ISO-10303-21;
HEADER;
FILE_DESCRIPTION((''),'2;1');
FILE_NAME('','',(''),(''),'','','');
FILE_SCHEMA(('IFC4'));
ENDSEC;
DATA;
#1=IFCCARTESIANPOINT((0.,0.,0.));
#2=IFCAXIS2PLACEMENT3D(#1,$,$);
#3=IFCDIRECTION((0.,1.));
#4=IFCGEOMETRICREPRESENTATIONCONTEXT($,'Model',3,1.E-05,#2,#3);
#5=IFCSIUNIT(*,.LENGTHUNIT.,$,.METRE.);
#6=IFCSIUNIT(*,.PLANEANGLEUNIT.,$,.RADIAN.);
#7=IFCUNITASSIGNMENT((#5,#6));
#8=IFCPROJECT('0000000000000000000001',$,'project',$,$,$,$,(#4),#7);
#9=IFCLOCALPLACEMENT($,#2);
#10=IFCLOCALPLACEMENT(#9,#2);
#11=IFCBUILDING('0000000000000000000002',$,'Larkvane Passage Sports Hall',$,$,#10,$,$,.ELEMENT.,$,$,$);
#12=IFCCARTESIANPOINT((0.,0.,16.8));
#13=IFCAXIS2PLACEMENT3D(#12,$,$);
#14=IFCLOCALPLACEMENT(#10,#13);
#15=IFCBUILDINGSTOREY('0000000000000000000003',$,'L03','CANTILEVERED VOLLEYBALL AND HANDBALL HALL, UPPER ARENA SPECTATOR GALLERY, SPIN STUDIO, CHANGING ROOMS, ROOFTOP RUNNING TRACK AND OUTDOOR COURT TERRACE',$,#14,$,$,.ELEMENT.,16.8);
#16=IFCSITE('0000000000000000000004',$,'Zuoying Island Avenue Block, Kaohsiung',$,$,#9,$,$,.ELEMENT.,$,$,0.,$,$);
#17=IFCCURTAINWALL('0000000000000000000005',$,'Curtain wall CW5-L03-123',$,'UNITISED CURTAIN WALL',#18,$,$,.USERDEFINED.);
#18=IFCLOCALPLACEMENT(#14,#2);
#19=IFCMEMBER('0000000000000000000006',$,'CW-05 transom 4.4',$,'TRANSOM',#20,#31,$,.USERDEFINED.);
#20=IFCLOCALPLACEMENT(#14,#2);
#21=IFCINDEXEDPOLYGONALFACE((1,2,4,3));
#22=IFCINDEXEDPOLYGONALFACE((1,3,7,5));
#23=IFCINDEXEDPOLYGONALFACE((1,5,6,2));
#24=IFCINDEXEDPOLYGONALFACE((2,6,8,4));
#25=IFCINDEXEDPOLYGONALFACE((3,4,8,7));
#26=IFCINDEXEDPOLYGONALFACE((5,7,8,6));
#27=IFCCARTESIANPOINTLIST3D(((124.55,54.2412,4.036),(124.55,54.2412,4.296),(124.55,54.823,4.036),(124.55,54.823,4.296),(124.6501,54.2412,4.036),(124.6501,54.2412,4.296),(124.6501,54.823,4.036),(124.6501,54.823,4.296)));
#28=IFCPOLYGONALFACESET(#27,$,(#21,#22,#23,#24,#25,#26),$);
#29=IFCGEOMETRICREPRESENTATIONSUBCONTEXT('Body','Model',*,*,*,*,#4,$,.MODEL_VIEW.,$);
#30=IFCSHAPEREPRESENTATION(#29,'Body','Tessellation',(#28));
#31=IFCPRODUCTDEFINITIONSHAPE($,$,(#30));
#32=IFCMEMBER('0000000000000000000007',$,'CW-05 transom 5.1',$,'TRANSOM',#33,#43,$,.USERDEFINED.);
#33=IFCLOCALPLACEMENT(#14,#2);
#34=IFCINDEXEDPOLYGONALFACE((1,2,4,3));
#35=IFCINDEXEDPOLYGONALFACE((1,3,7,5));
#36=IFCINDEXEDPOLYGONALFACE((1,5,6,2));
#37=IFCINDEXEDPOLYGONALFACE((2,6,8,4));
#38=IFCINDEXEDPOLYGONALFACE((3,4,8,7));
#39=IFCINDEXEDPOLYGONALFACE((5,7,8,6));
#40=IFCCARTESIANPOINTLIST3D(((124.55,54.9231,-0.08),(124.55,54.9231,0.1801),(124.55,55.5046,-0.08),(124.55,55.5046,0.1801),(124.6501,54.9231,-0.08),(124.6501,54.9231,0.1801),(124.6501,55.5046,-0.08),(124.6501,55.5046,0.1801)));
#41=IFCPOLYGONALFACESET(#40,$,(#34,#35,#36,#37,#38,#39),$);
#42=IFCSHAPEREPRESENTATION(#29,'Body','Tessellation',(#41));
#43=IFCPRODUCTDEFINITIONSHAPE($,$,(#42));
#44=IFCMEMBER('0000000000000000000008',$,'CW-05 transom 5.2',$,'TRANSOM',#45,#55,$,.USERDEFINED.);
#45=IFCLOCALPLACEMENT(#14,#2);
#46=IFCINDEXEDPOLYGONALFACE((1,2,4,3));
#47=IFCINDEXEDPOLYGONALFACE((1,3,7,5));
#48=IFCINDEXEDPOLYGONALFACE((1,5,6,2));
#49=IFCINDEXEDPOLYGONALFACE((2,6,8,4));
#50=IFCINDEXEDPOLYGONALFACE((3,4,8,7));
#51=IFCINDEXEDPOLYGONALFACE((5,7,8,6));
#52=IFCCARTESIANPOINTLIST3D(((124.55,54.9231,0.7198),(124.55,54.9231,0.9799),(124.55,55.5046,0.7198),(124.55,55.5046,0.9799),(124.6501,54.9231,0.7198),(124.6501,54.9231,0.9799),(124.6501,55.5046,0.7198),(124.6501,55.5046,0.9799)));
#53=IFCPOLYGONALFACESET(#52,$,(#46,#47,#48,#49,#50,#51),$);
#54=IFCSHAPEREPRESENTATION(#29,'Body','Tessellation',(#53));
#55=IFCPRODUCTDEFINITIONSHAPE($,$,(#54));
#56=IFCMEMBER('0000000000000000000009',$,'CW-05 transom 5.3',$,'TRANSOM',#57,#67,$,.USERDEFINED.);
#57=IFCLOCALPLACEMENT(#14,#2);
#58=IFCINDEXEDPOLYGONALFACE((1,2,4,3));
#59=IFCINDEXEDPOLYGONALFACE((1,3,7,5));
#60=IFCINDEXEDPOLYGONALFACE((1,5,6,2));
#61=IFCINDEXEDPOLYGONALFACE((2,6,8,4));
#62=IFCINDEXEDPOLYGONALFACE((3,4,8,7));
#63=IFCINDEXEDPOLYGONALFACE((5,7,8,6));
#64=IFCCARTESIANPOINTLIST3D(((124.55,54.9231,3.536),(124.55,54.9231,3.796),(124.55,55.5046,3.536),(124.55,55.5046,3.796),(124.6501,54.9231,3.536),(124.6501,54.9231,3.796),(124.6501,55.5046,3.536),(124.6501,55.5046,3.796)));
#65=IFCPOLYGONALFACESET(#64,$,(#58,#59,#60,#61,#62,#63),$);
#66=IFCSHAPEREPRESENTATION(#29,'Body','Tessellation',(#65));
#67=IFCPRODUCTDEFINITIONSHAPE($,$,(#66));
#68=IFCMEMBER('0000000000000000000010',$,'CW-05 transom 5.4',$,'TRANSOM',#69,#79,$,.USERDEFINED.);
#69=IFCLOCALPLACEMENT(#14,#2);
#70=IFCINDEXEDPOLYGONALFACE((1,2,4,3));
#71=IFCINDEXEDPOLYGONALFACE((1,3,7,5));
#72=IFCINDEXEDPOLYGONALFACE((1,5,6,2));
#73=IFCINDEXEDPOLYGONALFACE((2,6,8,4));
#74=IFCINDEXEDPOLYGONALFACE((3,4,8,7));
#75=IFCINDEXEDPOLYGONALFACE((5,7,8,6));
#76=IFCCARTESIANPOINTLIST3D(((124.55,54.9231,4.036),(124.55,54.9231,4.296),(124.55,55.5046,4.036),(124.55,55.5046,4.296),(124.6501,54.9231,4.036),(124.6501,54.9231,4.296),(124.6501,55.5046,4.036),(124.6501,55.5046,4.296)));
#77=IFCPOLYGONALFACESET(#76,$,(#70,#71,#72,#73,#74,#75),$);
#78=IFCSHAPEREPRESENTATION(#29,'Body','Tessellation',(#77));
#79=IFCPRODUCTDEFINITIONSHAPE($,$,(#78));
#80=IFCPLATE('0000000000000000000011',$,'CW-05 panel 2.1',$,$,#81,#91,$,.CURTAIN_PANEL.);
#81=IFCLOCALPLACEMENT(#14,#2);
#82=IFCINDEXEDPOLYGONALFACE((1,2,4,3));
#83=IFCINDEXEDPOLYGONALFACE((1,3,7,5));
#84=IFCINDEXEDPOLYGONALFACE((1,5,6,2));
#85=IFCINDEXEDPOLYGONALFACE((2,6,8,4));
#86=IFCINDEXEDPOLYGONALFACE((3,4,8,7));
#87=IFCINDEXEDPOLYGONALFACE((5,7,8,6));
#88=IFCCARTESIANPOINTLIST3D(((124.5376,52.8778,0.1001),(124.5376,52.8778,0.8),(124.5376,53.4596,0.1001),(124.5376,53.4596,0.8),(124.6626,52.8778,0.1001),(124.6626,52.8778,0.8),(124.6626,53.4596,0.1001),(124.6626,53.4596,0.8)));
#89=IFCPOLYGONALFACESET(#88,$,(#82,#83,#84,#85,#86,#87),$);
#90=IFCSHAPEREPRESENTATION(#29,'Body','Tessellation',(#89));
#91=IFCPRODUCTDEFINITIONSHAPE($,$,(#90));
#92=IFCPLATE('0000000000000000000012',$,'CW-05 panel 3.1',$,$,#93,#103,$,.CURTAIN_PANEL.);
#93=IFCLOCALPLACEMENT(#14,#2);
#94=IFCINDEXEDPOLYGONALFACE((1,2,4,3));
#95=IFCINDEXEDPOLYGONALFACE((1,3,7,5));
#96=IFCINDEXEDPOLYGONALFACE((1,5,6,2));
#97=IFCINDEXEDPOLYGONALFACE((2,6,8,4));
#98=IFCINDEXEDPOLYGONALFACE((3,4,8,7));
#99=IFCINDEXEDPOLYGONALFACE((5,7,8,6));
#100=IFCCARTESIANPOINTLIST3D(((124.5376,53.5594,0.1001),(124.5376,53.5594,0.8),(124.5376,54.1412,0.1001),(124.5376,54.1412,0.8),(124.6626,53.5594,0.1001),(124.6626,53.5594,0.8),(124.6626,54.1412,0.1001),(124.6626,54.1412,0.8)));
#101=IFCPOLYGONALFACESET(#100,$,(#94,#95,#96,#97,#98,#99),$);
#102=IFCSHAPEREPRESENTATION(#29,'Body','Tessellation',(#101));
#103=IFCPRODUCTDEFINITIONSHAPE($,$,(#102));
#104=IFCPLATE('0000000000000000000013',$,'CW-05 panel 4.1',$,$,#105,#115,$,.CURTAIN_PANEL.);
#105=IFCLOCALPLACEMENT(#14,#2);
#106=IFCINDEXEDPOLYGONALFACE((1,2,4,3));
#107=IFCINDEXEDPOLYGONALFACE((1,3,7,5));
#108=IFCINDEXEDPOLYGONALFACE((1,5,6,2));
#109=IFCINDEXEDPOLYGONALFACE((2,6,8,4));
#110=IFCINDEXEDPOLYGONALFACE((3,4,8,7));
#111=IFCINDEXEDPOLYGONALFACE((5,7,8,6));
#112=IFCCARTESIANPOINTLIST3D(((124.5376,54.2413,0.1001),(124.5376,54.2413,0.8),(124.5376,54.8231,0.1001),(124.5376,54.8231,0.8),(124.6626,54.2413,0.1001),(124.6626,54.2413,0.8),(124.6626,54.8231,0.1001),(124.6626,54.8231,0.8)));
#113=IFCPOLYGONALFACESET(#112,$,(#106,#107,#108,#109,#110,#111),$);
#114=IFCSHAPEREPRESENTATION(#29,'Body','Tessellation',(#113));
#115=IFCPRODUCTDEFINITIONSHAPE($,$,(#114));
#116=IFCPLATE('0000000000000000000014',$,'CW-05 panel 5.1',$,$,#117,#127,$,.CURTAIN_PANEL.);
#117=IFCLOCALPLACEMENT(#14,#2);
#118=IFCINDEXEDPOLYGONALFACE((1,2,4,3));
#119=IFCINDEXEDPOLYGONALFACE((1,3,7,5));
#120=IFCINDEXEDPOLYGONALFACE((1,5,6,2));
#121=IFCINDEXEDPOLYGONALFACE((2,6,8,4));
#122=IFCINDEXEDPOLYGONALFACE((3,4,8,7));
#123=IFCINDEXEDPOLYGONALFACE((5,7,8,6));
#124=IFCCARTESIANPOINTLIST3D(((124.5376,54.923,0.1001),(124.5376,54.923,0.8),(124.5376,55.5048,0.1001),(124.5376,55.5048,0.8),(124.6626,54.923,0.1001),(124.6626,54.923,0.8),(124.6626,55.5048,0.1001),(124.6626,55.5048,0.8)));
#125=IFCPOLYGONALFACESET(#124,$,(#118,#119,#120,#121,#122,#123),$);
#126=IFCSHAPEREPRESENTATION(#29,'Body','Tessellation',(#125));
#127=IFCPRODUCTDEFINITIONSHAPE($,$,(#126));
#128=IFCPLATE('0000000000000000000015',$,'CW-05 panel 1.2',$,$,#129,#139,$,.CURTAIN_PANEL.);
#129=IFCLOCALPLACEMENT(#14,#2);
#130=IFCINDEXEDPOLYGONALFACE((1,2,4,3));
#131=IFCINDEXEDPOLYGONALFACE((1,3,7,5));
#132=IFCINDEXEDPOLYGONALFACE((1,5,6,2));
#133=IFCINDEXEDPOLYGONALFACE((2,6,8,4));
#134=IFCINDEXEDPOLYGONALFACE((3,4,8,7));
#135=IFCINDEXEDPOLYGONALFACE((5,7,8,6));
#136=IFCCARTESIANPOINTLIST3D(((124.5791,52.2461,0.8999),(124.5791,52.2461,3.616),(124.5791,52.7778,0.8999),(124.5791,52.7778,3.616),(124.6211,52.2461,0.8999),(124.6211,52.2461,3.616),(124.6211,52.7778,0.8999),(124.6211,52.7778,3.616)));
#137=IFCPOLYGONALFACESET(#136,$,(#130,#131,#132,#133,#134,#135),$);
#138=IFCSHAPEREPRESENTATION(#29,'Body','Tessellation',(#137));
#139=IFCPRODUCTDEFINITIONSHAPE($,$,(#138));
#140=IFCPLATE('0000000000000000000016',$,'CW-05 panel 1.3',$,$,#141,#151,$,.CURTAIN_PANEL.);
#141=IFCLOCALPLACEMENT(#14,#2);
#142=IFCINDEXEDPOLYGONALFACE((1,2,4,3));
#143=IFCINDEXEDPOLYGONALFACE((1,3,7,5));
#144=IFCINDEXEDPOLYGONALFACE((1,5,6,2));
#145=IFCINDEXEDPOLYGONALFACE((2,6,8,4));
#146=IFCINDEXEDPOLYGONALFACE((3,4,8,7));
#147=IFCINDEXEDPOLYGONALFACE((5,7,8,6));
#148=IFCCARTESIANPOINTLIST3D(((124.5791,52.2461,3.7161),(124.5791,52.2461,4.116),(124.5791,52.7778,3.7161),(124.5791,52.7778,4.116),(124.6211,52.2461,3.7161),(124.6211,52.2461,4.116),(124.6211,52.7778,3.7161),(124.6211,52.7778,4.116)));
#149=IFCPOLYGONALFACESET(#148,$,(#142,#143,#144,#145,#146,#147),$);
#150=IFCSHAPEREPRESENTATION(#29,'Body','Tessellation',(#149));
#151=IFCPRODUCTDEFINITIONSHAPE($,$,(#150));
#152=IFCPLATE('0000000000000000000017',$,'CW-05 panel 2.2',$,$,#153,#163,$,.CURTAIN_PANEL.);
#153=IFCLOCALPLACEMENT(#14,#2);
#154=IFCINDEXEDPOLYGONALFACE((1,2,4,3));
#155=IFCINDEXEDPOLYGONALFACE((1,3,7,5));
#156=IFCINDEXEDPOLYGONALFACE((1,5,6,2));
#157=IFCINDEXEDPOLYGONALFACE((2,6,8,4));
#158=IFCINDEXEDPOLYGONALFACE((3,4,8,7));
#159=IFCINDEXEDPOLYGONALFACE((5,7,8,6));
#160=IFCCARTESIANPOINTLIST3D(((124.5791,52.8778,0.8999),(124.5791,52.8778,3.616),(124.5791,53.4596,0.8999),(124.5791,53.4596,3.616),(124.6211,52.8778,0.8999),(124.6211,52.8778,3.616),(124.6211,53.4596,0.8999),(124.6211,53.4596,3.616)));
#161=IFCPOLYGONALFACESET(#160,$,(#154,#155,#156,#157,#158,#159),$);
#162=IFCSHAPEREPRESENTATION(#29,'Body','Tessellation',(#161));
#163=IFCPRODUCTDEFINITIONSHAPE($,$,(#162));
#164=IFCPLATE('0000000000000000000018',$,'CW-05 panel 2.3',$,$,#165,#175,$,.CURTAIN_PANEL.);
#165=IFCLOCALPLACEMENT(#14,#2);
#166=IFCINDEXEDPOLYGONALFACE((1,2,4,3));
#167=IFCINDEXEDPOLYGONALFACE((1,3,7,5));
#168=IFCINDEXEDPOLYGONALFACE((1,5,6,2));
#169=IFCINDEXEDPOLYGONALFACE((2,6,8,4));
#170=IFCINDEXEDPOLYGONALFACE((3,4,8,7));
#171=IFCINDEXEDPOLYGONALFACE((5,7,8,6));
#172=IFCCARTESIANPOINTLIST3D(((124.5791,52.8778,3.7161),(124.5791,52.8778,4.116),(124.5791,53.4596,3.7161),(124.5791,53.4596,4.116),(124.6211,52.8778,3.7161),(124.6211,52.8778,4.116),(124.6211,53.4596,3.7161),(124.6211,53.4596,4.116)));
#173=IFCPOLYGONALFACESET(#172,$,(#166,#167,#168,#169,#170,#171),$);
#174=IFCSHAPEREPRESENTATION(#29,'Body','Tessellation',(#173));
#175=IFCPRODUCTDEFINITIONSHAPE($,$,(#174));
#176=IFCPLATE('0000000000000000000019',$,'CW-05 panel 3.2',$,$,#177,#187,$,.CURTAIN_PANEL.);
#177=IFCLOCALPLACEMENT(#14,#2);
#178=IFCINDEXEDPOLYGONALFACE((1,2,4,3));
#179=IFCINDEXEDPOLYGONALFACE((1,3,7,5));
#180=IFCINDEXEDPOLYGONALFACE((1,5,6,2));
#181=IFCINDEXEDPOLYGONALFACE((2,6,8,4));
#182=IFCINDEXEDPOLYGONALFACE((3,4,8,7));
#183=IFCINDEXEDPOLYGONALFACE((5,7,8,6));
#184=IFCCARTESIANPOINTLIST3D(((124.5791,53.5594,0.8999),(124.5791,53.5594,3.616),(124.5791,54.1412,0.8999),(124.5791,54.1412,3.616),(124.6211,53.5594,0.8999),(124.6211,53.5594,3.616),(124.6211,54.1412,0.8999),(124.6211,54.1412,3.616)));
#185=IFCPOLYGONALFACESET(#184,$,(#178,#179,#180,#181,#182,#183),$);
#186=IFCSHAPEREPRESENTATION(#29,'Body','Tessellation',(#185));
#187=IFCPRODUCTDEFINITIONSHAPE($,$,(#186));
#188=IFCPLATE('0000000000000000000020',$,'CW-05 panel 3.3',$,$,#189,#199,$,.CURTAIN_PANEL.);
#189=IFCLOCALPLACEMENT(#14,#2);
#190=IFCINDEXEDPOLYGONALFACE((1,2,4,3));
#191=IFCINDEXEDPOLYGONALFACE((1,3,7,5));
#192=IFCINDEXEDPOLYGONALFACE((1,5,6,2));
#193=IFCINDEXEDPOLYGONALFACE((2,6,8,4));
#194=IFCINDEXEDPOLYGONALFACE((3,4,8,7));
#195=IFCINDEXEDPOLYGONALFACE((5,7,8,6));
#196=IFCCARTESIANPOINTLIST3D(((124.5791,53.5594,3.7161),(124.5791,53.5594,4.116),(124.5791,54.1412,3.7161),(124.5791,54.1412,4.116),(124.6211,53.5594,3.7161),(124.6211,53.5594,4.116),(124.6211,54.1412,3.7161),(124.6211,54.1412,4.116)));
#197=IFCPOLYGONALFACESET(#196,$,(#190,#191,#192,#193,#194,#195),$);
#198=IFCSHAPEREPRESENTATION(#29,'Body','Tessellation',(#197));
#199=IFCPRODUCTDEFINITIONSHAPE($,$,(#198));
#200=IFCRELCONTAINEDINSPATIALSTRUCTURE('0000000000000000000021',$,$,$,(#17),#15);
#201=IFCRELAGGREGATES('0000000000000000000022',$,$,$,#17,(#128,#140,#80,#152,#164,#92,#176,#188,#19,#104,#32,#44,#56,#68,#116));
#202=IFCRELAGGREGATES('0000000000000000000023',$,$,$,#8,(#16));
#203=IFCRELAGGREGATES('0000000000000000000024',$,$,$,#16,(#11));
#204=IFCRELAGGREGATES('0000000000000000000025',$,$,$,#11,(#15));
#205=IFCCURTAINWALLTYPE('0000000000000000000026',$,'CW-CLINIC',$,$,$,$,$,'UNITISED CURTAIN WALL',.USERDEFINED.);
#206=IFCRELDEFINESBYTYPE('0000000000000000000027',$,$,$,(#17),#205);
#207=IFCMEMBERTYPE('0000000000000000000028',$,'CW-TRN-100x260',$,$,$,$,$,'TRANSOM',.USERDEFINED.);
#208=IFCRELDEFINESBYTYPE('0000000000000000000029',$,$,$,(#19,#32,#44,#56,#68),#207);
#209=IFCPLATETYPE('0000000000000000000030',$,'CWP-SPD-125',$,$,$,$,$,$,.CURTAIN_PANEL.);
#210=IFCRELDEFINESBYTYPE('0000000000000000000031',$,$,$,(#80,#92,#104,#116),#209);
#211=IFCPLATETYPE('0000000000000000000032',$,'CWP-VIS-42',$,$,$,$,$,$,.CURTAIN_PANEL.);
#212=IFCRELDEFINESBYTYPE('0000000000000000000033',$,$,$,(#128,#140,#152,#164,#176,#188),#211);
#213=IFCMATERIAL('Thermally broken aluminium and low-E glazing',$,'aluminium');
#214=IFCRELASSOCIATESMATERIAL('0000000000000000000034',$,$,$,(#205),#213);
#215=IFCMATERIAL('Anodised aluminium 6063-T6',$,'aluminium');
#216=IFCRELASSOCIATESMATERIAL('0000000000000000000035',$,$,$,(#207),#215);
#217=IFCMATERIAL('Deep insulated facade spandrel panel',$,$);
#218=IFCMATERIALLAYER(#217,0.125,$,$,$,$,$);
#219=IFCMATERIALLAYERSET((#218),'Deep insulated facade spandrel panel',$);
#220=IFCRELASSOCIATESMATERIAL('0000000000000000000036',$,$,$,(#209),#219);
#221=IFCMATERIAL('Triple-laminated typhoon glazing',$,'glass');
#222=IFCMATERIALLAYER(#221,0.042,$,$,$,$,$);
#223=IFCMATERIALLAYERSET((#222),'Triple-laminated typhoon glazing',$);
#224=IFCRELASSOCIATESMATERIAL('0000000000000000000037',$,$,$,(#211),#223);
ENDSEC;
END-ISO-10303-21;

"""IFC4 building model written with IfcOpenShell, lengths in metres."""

from ifc_helpers import new_model, si_unit, direction, frame, origin, origin_2d, place, context, subcontext, project, spatial, rectangle, extrude, material, layer, layer_set, material_profile, profile_set, type_object, element, aggregate, save


model = new_model("IFC4")

# Units and contexts
model_context = context("Model", 3, precision=1e-05, world=origin(), true_north=direction((0.0, 1.0)))
body_context = subcontext(model_context, "Body", "Model", "MODEL_VIEW")
ifc_project = project(units=[si_unit("LENGTHUNIT", "METRE"), si_unit("PLANEANGLEUNIT", "RADIAN")], contexts=[model_context])

# Site, building, storey
site_placement = place(None, origin())
site = spatial("IfcSite", under=ifc_project, at=site_placement, Name="Zuoying Island Avenue Block, Kaohsiung", CompositionType="ELEMENT", RefElevation=0.0)
building_placement = place(site_placement, origin())
building = spatial("IfcBuilding", under=site, at=building_placement, Name="Larkvane Passage Sports Hall", CompositionType="ELEMENT")
storey_placement = place(building_placement, frame((0.0, 0.0, 16.8)))
storey = spatial("IfcBuildingStorey", under=building, at=storey_placement, Name="L03", Description="CANTILEVERED VOLLEYBALL AND HANDBALL HALL, UPPER ARENA SPECTATOR GALLERY, SPIN STUDIO, CHANGING ROOMS, ROOFTOP RUNNING TRACK AND OUTDOOR COURT TERRACE", CompositionType="ELEMENT", Elevation=16.8)

# Curtain wall, members, plates
ifc_material_1 = material(Name="Thermally broken aluminium and low-E glazing", Category="aluminium")
curtain_wall_type = type_object("IfcCurtainWallType", Name="CW-CLINIC", ElementType="UNITISED CURTAIN WALL", PredefinedType="USERDEFINED", material=ifc_material_1)
curtain_wall_placement = place(storey_placement, origin())
curtain_wall = element("IfcCurtainWall", 1, at=curtain_wall_placement, inside=storey, type_object=curtain_wall_type, Name="Curtain wall CW5-L03-123", ObjectType="UNITISED CURTAIN WALL", PredefinedType="USERDEFINED")
ifc_material_2 = material(Name="Anodised aluminium 6063-T6", Category="aluminium")
ifc_material_profile_1 = material_profile(ifc_material_2, rectangle(XDim=0.1001, YDim=0.26, at=origin_2d()), Name="ALU-TRN-100x260")
ifc_profile_set_1 = profile_set([ifc_material_profile_1], Name="Anodised aluminium 6063-T6")
member_type_1 = type_object("IfcMemberType", Name="CW-TRN-100x260", ElementType="TRANSOM", PredefinedType="USERDEFINED", material=ifc_profile_set_1)
member_1_placement = place(storey_placement, frame((124.6001, 54.2412, 4.166), z_axis=(0.0, 1.0, 0.0), x_axis=(-1.0, 0.0, 0.0)))
member_1 = element("IfcMember", 2, at=member_1_placement, type_object=member_type_1, Name="CW-05 transom 4.4", ObjectType="TRANSOM", PredefinedType="USERDEFINED", context=body_context, shape_type="SweptSolid", body=[
    extrude(rectangle(XDim=0.1001, YDim=0.26, at=origin_2d()), origin(), (0.0, 0.0, 1.0), 0.5818),
])
member_2_placement = place(storey_placement, frame((124.6001, 54.9231, 0.05), z_axis=(0.0, 1.0, 0.0), x_axis=(-1.0, 0.0, 0.0)))
member_2 = element("IfcMember", 3, at=member_2_placement, type_object=member_type_1, Name="CW-05 transom 5.1", ObjectType="TRANSOM", PredefinedType="USERDEFINED", context=body_context, shape_type="SweptSolid", body=[
    extrude(rectangle(XDim=0.1001, YDim=0.26, at=origin_2d()), origin(), (0.0, 0.0, 1.0), 0.5815),
])
member_3_placement = place(storey_placement, frame((124.6001, 54.9231, 0.8499), z_axis=(0.0, 1.0, 0.0), x_axis=(-1.0, 0.0, 0.0)))
member_3 = element("IfcMember", 4, at=member_3_placement, type_object=member_type_1, Name="CW-05 transom 5.2", ObjectType="TRANSOM", PredefinedType="USERDEFINED", context=body_context, shape_type="SweptSolid", body=[
    extrude(rectangle(XDim=0.1001, YDim=0.26, at=origin_2d()), origin(), (0.0, 0.0, 1.0), 0.5815),
])
member_4_placement = place(storey_placement, frame((124.6001, 54.9231, 3.666), z_axis=(0.0, 1.0, 0.0), x_axis=(-1.0, 0.0, 0.0)))
member_4 = element("IfcMember", 5, at=member_4_placement, type_object=member_type_1, Name="CW-05 transom 5.3", ObjectType="TRANSOM", PredefinedType="USERDEFINED", context=body_context, shape_type="SweptSolid", body=[
    extrude(rectangle(XDim=0.1001, YDim=0.26, at=origin_2d()), origin(), (0.0, 0.0, 1.0), 0.5815),
])
member_5_placement = place(storey_placement, frame((124.6001, 54.9231, 4.166), z_axis=(0.0, 1.0, 0.0), x_axis=(-1.0, 0.0, 0.0)))
member_5 = element("IfcMember", 6, at=member_5_placement, type_object=member_type_1, Name="CW-05 transom 5.4", ObjectType="TRANSOM", PredefinedType="USERDEFINED", context=body_context, shape_type="SweptSolid", body=[
    extrude(rectangle(XDim=0.1001, YDim=0.26, at=origin_2d()), origin(), (0.0, 0.0, 1.0), 0.5815),
])
ifc_material_3 = material(Name="Deep insulated facade spandrel panel")
ifc_layer_1 = layer(ifc_material_3, 0.125)
ifc_layer_set_1 = layer_set([ifc_layer_1], Name="Deep insulated facade spandrel panel")
plate_type_1 = type_object("IfcPlateType", Name="CWP-SPD-125", PredefinedType="CURTAIN_PANEL", material=ifc_layer_set_1)
plate_1_placement = place(storey_placement, frame((124.6001, 53.1687, 0.1001), z_axis=(0.0, 0.0, 1.0), x_axis=(0.0, 1.0, 0.0)))
plate_1 = element("IfcPlate", 7, at=plate_1_placement, type_object=plate_type_1, Name="CW-05 panel 2.1", PredefinedType="CURTAIN_PANEL", context=body_context, shape_type="SweptSolid", body=[
    extrude(rectangle(XDim=0.5818, YDim=0.125, at=origin_2d()), origin(), (0.0, 0.0, 1.0), 0.7),
])
plate_2_placement = place(storey_placement, frame((124.6001, 53.8503, 0.1001), z_axis=(0.0, 0.0, 1.0), x_axis=(0.0, 1.0, 0.0)))
plate_2 = element("IfcPlate", 8, at=plate_2_placement, type_object=plate_type_1, Name="CW-05 panel 3.1", PredefinedType="CURTAIN_PANEL", context=body_context, shape_type="SweptSolid", body=[
    extrude(rectangle(XDim=0.5818, YDim=0.125, at=origin_2d()), origin(), (0.0, 0.0, 1.0), 0.7),
])
plate_3_placement = place(storey_placement, frame((124.6001, 54.5322, 0.1001), z_axis=(0.0, 0.0, 1.0), x_axis=(0.0, 1.0, 0.0)))
plate_3 = element("IfcPlate", 9, at=plate_3_placement, type_object=plate_type_1, Name="CW-05 panel 4.1", PredefinedType="CURTAIN_PANEL", context=body_context, shape_type="SweptSolid", body=[
    extrude(rectangle(XDim=0.5818, YDim=0.125, at=origin_2d()), origin(), (0.0, 0.0, 1.0), 0.7),
])
plate_4_placement = place(storey_placement, frame((124.6001, 55.2139, 0.1001), z_axis=(0.0, 0.0, 1.0), x_axis=(0.0, 1.0, 0.0)))
plate_4 = element("IfcPlate", 10, at=plate_4_placement, type_object=plate_type_1, Name="CW-05 panel 5.1", PredefinedType="CURTAIN_PANEL", context=body_context, shape_type="SweptSolid", body=[
    extrude(rectangle(XDim=0.5818, YDim=0.125, at=origin_2d()), origin(), (0.0, 0.0, 1.0), 0.7),
])
ifc_material_4 = material(Name="Triple-laminated typhoon glazing", Category="glass")
ifc_layer_2 = layer(ifc_material_4, 0.042)
ifc_layer_set_2 = layer_set([ifc_layer_2], Name="Triple-laminated typhoon glazing")
plate_type_2 = type_object("IfcPlateType", Name="CWP-VIS-42", PredefinedType="CURTAIN_PANEL", material=ifc_layer_set_2)
plate_5_placement = place(storey_placement, frame((124.6001, 52.512, 0.8999), z_axis=(0.0, 0.0, 1.0), x_axis=(0.0, 1.0, 0.0)))
plate_5 = element("IfcPlate", 11, at=plate_5_placement, type_object=plate_type_2, Name="CW-05 panel 1.2", PredefinedType="CURTAIN_PANEL", context=body_context, shape_type="SweptSolid", body=[
    extrude(rectangle(XDim=0.5317, YDim=0.042, at=origin_2d()), origin(), (0.0, 0.0, 1.0), 2.7161),
])
plate_6_placement = place(storey_placement, frame((124.6001, 52.512, 3.7161), z_axis=(0.0, 0.0, 1.0), x_axis=(0.0, 1.0, 0.0)))
plate_6 = element("IfcPlate", 12, at=plate_6_placement, type_object=plate_type_2, Name="CW-05 panel 1.3", PredefinedType="CURTAIN_PANEL", context=body_context, shape_type="SweptSolid", body=[
    extrude(rectangle(XDim=0.5317, YDim=0.042, at=origin_2d()), origin(), (0.0, 0.0, 1.0), 0.3999),
])
plate_7_placement = place(storey_placement, frame((124.6001, 53.1687, 0.8999), z_axis=(0.0, 0.0, 1.0), x_axis=(0.0, 1.0, 0.0)))
plate_7 = element("IfcPlate", 13, at=plate_7_placement, type_object=plate_type_2, Name="CW-05 panel 2.2", PredefinedType="CURTAIN_PANEL", context=body_context, shape_type="SweptSolid", body=[
    extrude(rectangle(XDim=0.5818, YDim=0.042, at=origin_2d()), origin(), (0.0, 0.0, 1.0), 2.7161),
])
plate_8_placement = place(storey_placement, frame((124.6001, 53.1687, 3.7161), z_axis=(0.0, 0.0, 1.0), x_axis=(0.0, 1.0, 0.0)))
plate_8 = element("IfcPlate", 14, at=plate_8_placement, type_object=plate_type_2, Name="CW-05 panel 2.3", PredefinedType="CURTAIN_PANEL", context=body_context, shape_type="SweptSolid", body=[
    extrude(rectangle(XDim=0.5818, YDim=0.042, at=origin_2d()), origin(), (0.0, 0.0, 1.0), 0.3999),
])
plate_9_placement = place(storey_placement, frame((124.6001, 53.8503, 0.8999), z_axis=(0.0, 0.0, 1.0), x_axis=(0.0, 1.0, 0.0)))
plate_9 = element("IfcPlate", 15, at=plate_9_placement, type_object=plate_type_2, Name="CW-05 panel 3.2", PredefinedType="CURTAIN_PANEL", context=body_context, shape_type="SweptSolid", body=[
    extrude(rectangle(XDim=0.5818, YDim=0.042, at=origin_2d()), origin(), (0.0, 0.0, 1.0), 2.7161),
])
plate_10_placement = place(storey_placement, frame((124.6001, 53.8503, 3.7161), z_axis=(0.0, 0.0, 1.0), x_axis=(0.0, 1.0, 0.0)))
plate_10 = element("IfcPlate", 16, at=plate_10_placement, type_object=plate_type_2, Name="CW-05 panel 3.3", PredefinedType="CURTAIN_PANEL", context=body_context, shape_type="SweptSolid", body=[
    extrude(rectangle(XDim=0.5818, YDim=0.042, at=origin_2d()), origin(), (0.0, 0.0, 1.0), 0.3999),
])
aggregate(curtain_wall, [plate_5, plate_6, plate_1, plate_7, plate_8, plate_2, plate_9, plate_10, member_1, plate_3, member_2, member_3, member_4, member_5, plate_4])

save(model, "model.ifc")
